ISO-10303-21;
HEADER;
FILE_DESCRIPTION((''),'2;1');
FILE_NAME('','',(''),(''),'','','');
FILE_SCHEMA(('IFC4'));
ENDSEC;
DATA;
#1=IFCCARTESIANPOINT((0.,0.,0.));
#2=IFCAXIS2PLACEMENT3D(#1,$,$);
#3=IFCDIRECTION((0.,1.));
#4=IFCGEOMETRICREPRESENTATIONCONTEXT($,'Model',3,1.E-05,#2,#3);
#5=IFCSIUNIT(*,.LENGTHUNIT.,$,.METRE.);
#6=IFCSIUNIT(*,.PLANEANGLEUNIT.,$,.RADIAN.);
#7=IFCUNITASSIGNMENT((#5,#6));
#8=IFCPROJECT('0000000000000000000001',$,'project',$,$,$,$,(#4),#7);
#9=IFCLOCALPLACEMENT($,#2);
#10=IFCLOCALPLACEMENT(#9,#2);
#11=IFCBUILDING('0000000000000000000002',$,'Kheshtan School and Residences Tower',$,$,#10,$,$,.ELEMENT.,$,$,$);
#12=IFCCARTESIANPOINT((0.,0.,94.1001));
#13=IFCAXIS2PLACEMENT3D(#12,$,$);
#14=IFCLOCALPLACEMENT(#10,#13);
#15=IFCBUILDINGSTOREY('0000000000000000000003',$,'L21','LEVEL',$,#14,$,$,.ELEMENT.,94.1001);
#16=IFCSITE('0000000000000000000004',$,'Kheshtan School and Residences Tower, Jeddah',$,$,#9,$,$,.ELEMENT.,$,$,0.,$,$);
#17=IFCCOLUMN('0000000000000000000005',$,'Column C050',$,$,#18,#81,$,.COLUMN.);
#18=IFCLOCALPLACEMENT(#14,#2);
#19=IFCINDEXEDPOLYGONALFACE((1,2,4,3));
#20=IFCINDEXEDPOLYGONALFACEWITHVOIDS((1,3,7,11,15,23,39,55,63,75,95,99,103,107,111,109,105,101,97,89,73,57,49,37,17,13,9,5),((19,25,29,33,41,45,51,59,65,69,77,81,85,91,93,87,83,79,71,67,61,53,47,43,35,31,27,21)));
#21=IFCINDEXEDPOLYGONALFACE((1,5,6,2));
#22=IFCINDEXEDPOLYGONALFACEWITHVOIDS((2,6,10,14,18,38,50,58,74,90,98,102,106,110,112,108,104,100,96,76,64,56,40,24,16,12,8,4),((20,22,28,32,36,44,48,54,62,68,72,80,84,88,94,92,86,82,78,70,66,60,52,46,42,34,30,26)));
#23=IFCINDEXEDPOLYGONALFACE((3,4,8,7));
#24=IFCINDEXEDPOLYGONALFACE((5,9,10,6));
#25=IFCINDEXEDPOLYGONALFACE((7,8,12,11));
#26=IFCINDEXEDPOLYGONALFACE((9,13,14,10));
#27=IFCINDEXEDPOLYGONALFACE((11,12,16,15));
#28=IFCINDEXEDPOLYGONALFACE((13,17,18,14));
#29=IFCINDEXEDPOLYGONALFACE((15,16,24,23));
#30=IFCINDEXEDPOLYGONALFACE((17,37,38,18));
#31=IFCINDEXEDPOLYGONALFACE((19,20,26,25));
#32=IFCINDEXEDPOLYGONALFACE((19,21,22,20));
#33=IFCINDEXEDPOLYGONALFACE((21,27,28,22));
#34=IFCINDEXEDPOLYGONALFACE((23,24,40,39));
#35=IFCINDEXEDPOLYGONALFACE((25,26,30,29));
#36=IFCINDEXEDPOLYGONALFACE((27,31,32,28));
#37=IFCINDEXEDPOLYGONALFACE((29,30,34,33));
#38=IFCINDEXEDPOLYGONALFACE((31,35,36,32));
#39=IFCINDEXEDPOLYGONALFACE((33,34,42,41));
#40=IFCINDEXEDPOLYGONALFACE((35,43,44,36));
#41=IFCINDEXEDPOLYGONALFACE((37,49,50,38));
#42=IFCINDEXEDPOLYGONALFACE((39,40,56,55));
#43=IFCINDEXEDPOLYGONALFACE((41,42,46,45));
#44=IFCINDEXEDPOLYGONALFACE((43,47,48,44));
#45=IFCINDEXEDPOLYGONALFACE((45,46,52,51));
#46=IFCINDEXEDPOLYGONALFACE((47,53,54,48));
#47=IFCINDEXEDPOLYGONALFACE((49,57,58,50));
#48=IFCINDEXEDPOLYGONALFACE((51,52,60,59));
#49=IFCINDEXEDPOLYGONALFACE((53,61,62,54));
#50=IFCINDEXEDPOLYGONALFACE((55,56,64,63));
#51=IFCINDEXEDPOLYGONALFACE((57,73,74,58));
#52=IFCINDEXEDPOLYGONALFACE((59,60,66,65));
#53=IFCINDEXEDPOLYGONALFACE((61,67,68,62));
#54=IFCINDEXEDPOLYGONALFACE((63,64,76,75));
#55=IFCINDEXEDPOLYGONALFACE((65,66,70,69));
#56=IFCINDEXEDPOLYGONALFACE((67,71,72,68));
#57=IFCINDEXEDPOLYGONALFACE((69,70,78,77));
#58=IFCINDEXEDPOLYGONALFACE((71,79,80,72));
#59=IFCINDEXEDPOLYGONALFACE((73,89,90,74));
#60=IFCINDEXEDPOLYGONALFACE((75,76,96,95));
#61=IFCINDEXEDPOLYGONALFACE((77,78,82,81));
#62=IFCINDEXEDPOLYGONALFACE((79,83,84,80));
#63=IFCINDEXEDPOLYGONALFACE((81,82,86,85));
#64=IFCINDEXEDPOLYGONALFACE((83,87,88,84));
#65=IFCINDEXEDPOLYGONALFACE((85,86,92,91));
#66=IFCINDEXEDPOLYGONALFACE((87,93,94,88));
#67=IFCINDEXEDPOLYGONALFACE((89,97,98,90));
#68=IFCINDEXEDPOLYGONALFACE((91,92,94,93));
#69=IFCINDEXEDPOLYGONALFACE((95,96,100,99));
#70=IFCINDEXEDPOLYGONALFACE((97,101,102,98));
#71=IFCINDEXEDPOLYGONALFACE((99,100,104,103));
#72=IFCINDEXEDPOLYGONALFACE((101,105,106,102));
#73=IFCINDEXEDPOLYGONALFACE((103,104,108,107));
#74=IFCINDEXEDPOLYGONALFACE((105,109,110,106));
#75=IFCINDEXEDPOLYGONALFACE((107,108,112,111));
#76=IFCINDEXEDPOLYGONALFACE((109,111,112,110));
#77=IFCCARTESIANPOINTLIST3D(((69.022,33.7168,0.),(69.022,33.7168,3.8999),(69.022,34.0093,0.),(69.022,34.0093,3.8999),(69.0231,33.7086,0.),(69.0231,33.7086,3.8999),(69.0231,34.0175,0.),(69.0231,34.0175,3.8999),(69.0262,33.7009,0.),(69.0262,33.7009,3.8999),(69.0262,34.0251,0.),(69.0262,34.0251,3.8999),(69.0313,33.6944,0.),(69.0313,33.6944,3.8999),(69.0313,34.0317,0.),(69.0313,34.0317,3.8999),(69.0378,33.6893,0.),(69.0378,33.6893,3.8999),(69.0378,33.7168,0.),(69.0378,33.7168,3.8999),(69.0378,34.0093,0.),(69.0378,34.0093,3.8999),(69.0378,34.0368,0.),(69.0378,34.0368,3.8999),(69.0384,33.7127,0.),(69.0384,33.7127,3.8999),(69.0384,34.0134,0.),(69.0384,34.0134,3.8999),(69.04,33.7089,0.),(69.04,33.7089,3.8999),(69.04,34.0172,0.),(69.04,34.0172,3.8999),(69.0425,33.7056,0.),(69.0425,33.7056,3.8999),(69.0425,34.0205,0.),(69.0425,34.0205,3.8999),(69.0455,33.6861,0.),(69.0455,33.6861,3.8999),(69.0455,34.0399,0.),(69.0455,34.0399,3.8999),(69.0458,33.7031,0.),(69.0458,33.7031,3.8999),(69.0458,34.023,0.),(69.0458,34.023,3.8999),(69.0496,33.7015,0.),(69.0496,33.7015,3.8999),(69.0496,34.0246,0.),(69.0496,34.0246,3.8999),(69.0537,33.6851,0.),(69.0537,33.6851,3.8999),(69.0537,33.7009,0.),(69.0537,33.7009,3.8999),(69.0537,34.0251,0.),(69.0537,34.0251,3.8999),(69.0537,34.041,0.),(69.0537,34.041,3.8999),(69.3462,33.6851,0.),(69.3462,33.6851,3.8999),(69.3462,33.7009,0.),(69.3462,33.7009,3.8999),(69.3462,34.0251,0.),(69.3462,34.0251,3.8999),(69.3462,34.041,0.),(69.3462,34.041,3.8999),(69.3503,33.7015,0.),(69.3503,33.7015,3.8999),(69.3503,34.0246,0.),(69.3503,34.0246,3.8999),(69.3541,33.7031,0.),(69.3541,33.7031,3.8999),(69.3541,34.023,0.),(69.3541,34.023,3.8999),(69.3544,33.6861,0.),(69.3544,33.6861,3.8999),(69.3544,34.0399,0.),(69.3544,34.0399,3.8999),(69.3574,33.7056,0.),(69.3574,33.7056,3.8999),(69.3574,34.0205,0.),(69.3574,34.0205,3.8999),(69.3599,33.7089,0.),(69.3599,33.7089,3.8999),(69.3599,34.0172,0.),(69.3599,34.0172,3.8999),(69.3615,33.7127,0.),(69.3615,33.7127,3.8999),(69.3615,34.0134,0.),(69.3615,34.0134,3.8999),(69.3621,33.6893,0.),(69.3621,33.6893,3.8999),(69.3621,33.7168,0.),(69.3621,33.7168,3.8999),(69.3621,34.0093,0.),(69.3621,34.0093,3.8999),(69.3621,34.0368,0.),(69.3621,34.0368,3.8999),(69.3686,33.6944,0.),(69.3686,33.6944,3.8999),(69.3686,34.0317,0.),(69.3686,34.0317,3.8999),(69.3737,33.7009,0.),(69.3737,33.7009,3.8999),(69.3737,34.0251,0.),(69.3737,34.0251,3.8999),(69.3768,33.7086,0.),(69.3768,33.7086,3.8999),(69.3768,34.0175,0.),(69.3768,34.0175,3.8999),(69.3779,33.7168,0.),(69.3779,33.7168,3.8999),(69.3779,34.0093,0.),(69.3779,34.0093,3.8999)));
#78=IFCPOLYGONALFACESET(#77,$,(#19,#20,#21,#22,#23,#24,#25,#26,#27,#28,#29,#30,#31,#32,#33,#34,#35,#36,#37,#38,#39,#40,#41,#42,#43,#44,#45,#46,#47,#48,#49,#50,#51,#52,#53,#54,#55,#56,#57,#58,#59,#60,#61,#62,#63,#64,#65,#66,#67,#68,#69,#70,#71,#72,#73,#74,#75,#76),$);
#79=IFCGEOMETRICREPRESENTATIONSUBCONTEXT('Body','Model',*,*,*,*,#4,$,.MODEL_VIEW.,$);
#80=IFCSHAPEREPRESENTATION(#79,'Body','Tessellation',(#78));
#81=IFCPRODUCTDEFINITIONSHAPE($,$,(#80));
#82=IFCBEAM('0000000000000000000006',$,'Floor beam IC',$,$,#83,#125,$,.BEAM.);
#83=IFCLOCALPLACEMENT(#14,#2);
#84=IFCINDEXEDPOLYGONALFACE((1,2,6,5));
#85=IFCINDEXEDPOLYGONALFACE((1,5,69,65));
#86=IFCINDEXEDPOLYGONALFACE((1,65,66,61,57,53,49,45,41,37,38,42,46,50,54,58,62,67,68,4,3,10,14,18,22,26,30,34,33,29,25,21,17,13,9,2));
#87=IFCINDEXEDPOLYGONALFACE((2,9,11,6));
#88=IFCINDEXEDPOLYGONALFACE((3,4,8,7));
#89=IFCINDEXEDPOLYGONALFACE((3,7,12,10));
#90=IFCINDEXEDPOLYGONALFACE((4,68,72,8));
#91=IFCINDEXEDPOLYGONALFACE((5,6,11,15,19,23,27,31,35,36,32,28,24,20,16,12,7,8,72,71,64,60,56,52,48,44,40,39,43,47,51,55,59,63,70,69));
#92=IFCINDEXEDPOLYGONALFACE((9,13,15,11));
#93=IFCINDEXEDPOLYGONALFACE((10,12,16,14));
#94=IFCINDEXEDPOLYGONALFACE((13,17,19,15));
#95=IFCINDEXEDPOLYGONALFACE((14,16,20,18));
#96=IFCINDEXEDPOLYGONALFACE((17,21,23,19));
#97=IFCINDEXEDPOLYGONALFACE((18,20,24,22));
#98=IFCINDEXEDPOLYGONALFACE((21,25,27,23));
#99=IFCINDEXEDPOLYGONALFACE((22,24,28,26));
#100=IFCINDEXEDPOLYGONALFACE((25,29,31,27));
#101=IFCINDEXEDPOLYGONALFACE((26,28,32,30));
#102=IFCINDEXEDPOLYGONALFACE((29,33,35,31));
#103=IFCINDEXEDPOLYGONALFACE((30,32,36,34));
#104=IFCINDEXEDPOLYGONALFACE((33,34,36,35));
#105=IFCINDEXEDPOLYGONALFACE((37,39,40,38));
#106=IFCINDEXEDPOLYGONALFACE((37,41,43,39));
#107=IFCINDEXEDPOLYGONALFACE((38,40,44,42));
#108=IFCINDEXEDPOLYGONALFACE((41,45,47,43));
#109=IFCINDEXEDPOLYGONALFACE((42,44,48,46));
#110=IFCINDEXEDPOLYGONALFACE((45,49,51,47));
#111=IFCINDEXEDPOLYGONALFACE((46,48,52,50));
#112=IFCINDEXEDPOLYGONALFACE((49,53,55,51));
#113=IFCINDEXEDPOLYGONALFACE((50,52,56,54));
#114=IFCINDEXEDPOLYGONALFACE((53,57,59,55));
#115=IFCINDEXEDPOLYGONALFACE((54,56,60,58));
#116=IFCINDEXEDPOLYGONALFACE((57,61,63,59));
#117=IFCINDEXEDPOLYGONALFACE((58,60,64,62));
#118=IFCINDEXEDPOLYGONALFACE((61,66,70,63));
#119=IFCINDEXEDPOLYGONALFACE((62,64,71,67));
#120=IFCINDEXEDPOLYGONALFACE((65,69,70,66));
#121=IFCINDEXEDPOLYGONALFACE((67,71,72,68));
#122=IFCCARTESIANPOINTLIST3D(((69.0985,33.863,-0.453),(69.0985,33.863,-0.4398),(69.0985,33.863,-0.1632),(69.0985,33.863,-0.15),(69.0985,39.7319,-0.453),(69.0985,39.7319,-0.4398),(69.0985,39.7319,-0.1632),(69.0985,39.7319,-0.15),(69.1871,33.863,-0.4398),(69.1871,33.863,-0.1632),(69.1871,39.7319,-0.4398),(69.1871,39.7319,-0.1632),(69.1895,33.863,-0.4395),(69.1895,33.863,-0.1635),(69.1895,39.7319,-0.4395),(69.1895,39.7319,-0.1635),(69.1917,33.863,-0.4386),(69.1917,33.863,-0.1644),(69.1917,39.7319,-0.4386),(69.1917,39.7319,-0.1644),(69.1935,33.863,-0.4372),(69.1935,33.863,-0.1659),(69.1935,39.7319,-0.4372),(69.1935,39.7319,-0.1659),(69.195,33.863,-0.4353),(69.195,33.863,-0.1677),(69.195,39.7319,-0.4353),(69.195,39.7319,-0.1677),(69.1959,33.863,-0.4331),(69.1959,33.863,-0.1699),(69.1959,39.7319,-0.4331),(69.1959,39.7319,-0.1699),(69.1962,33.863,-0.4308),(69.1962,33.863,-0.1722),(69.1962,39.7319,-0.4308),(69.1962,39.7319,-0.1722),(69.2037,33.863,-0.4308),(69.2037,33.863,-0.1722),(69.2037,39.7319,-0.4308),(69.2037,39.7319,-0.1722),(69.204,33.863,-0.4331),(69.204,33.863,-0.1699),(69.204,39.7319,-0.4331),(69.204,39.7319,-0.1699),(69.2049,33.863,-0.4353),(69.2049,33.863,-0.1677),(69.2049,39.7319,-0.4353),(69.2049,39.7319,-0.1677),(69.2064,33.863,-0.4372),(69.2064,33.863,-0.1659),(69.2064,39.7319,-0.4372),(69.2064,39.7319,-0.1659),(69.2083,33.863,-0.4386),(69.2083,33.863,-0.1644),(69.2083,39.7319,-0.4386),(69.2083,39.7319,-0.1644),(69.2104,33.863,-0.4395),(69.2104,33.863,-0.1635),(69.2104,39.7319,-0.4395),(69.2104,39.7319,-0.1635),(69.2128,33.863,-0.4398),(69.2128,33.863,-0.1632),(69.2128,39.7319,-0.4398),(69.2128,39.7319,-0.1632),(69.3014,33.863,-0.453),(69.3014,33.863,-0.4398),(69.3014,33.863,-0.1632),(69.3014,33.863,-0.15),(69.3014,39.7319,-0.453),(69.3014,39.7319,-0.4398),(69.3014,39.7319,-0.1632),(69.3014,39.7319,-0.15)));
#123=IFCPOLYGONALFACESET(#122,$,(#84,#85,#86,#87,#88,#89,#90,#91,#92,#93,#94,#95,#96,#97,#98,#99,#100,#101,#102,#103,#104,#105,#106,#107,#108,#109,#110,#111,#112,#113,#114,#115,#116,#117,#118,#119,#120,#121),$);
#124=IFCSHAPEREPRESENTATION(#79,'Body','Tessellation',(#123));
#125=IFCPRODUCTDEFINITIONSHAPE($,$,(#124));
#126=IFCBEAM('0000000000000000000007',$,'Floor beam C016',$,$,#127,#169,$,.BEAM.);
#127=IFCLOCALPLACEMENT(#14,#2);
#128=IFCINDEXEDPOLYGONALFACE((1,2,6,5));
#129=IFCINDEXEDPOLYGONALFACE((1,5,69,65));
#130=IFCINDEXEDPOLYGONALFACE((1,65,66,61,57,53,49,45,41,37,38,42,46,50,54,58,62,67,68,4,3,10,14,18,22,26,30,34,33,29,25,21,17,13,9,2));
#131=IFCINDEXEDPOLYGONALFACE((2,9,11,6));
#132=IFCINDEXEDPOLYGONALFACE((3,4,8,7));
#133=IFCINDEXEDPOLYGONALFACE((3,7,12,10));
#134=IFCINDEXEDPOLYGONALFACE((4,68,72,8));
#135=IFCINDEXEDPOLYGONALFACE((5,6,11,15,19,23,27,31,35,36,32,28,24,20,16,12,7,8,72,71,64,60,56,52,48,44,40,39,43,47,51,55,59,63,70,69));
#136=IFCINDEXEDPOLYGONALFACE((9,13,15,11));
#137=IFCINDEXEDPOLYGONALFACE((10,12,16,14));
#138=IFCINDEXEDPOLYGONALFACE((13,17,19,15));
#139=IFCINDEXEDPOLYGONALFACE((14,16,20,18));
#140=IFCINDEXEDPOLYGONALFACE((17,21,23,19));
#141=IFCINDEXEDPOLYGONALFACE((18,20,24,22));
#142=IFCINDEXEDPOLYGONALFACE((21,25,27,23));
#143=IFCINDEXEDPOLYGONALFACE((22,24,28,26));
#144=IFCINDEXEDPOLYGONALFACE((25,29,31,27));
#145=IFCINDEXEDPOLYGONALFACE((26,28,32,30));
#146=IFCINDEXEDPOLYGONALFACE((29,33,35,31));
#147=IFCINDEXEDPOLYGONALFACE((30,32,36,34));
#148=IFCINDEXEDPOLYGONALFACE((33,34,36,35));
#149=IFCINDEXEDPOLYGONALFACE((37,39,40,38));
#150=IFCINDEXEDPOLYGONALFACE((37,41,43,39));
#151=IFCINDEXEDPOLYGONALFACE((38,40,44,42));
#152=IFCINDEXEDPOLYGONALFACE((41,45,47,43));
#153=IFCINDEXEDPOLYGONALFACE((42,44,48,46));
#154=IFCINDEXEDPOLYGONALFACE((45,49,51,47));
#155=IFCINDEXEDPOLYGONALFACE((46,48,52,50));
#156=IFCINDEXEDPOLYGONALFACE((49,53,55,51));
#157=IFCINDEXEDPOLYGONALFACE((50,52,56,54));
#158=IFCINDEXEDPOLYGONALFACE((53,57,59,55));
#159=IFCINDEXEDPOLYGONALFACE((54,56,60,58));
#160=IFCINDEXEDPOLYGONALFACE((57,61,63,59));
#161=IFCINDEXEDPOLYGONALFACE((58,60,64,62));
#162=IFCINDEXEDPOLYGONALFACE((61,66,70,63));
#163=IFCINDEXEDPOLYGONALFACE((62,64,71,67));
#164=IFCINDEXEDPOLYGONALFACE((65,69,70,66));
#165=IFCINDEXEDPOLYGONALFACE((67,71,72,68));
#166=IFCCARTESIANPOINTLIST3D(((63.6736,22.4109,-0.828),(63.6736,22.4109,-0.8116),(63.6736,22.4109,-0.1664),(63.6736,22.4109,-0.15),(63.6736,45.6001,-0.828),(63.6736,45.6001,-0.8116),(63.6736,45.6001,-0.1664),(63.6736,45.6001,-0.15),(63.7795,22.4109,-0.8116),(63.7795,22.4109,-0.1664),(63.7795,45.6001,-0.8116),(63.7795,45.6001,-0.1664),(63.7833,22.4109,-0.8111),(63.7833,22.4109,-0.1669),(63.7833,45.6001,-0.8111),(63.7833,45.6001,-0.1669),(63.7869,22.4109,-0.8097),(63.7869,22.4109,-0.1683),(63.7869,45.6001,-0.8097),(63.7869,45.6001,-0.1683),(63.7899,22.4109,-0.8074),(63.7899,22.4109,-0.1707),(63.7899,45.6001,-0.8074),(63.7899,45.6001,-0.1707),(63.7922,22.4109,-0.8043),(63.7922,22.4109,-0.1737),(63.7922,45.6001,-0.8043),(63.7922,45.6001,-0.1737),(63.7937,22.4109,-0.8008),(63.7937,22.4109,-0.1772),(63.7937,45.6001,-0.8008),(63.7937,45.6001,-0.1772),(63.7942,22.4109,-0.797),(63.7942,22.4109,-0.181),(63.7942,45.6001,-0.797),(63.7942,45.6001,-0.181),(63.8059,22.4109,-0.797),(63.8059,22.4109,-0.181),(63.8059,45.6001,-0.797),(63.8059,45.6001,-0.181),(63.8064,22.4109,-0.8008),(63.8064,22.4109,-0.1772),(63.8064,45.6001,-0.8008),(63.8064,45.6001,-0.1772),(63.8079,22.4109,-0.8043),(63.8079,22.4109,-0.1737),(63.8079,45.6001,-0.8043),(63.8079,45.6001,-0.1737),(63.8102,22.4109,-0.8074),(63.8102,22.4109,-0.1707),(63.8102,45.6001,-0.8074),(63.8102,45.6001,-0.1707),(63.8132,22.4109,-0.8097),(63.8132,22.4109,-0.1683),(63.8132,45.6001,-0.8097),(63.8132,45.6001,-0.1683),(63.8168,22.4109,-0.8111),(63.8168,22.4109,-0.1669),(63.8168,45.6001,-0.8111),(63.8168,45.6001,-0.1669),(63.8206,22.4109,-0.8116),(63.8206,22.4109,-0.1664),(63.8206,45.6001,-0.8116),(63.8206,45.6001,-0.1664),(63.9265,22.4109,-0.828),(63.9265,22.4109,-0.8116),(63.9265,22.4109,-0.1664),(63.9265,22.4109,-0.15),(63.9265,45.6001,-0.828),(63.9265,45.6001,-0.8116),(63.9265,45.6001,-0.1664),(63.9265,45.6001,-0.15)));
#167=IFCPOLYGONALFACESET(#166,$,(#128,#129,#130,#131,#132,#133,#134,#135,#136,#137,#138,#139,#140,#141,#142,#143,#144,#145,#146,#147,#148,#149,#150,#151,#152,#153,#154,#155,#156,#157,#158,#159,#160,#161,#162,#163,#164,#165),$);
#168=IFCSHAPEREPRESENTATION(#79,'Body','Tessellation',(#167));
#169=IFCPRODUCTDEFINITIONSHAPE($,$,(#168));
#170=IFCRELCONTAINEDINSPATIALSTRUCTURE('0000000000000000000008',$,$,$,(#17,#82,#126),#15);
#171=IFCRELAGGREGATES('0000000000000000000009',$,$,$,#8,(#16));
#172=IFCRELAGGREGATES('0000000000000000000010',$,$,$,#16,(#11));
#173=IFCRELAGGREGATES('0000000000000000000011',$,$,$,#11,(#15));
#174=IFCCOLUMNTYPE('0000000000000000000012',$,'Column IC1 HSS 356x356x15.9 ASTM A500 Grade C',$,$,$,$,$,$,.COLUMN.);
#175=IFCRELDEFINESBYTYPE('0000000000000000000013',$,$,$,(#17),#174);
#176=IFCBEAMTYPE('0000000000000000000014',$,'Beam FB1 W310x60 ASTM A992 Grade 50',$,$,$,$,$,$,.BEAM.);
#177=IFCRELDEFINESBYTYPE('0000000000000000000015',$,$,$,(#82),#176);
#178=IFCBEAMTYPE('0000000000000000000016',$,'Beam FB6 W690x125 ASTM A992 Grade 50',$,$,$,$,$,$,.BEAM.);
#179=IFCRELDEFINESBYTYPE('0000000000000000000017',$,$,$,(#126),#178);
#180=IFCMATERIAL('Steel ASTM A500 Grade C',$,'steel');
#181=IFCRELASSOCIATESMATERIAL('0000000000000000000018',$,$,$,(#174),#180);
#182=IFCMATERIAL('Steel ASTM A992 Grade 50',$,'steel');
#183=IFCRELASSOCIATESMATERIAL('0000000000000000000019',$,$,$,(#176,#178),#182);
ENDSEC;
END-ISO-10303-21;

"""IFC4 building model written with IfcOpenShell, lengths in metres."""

from ifc_helpers import new_model, si_unit, direction, frame, origin, origin_2d, place, context, subcontext, project, spatial, hollow_rectangle, i_section, extrude, material, material_profile, profile_set, type_object, element, save


model = new_model("IFC4")

# Units and contexts
model_context = context("Model", 3, precision=1e-05, world=origin(), true_north=direction((0.0, 1.0)))
body_context = subcontext(model_context, "Body", "Model", "MODEL_VIEW")
ifc_project = project(units=[si_unit("LENGTHUNIT", "METRE"), si_unit("PLANEANGLEUNIT", "RADIAN")], contexts=[model_context])

# Site, building, storey
site_placement = place(None, origin())
site = spatial("IfcSite", under=ifc_project, at=site_placement, Name="Kheshtan School and Residences Tower, Jeddah", CompositionType="ELEMENT", RefElevation=0.0)
building_placement = place(site_placement, origin())
building = spatial("IfcBuilding", under=site, at=building_placement, Name="Kheshtan School and Residences Tower", CompositionType="ELEMENT")
storey_placement = place(building_placement, frame((0.0, 0.0, 94.1001)))
storey = spatial("IfcBuildingStorey", under=building, at=storey_placement, Name="L21", Description="LEVEL", CompositionType="ELEMENT", Elevation=94.1001)

# Column
ifc_material_1 = material(Name="Steel ASTM A992 Grade 50", Category="steel")
ifc_material_2 = material(Name="Steel ASTM A500 Grade C", Category="steel")
ifc_material_profile_1 = material_profile(ifc_material_2, hollow_rectangle(XDim=0.356, YDim=0.356, WallThickness=0.0159, InnerFilletRadius=0.0159, OuterFilletRadius=0.0317, at=origin_2d()), Name="HSS 356x356x15.9")
ifc_profile_set_1 = profile_set([ifc_material_profile_1], Name="Steel ASTM A500 Grade C")
column_type_1 = type_object("IfcColumnType", Name="Column IC1 HSS 356x356x15.9 ASTM A500 Grade C", PredefinedType="COLUMN", material=ifc_profile_set_1)
column_placement = place(storey_placement, frame((69.2, 33.863, 0.0), z_axis=(0.0, 0.0, 1.0), x_axis=(1.0, 0.0, 0.0)))
element("IfcColumn", 1, at=column_placement, inside=storey, type_object=column_type_1, Name="Column C050", PredefinedType="COLUMN", context=body_context, shape_type="SweptSolid", body=[
    extrude(hollow_rectangle(XDim=0.356, YDim=0.356, WallThickness=0.0159, InnerFilletRadius=0.0159, OuterFilletRadius=0.0317, at=origin_2d()), origin(), (0.0, 0.0, 1.0), 3.8999),
])

# Beams
ifc_material_profile_2 = material_profile(ifc_material_1, i_section(OverallWidth=0.2029, OverallDepth=0.303, WebThickness=0.0076, FlangeThickness=0.0132, FilletRadius=0.009, at=origin_2d()), Name="W310x60")
ifc_profile_set_2 = profile_set([ifc_material_profile_2], Name="Steel ASTM A992 Grade 50")
beam_type_1 = type_object("IfcBeamType", Name="Beam FB1 W310x60 ASTM A992 Grade 50", PredefinedType="BEAM", material=ifc_profile_set_2)
beam_1_placement = place(storey_placement, frame((69.2, 33.863, -0.3015), z_axis=(0.0, 1.0, 0.0), x_axis=(-1.0, 0.0, 0.0)))
element("IfcBeam", 2, at=beam_1_placement, inside=storey, type_object=beam_type_1, Name="Floor beam IC", PredefinedType="BEAM", context=body_context, shape_type="SweptSolid", body=[
    extrude(i_section(OverallWidth=0.2029, OverallDepth=0.303, WebThickness=0.0076, FlangeThickness=0.0132, FilletRadius=0.009, at=origin_2d()), origin(), (0.0, 0.0, 1.0), 5.8689),
])
ifc_material_profile_3 = material_profile(ifc_material_1, i_section(OverallWidth=0.2529, OverallDepth=0.678, WebThickness=0.0117, FlangeThickness=0.0164, FilletRadius=0.0146, at=origin_2d()), Name="W690x125")
ifc_profile_set_3 = profile_set([ifc_material_profile_3], Name="Steel ASTM A992 Grade 50")
beam_type_2 = type_object("IfcBeamType", Name="Beam FB6 W690x125 ASTM A992 Grade 50", PredefinedType="BEAM", material=ifc_profile_set_3)
beam_2_placement = place(storey_placement, frame((63.8, 22.4109, -0.489), z_axis=(0.0, 1.0, 0.0), x_axis=(-1.0, 0.0, 0.0)))
element("IfcBeam", 3, at=beam_2_placement, inside=storey, type_object=beam_type_2, Name="Floor beam C016", PredefinedType="BEAM", context=body_context, shape_type="SweptSolid", body=[
    extrude(i_section(OverallWidth=0.2529, OverallDepth=0.678, WebThickness=0.0117, FlangeThickness=0.0164, FilletRadius=0.0146, at=origin_2d()), origin(), (0.0, 0.0, 1.0), 23.1892),
])

save(model, "model.ifc")
